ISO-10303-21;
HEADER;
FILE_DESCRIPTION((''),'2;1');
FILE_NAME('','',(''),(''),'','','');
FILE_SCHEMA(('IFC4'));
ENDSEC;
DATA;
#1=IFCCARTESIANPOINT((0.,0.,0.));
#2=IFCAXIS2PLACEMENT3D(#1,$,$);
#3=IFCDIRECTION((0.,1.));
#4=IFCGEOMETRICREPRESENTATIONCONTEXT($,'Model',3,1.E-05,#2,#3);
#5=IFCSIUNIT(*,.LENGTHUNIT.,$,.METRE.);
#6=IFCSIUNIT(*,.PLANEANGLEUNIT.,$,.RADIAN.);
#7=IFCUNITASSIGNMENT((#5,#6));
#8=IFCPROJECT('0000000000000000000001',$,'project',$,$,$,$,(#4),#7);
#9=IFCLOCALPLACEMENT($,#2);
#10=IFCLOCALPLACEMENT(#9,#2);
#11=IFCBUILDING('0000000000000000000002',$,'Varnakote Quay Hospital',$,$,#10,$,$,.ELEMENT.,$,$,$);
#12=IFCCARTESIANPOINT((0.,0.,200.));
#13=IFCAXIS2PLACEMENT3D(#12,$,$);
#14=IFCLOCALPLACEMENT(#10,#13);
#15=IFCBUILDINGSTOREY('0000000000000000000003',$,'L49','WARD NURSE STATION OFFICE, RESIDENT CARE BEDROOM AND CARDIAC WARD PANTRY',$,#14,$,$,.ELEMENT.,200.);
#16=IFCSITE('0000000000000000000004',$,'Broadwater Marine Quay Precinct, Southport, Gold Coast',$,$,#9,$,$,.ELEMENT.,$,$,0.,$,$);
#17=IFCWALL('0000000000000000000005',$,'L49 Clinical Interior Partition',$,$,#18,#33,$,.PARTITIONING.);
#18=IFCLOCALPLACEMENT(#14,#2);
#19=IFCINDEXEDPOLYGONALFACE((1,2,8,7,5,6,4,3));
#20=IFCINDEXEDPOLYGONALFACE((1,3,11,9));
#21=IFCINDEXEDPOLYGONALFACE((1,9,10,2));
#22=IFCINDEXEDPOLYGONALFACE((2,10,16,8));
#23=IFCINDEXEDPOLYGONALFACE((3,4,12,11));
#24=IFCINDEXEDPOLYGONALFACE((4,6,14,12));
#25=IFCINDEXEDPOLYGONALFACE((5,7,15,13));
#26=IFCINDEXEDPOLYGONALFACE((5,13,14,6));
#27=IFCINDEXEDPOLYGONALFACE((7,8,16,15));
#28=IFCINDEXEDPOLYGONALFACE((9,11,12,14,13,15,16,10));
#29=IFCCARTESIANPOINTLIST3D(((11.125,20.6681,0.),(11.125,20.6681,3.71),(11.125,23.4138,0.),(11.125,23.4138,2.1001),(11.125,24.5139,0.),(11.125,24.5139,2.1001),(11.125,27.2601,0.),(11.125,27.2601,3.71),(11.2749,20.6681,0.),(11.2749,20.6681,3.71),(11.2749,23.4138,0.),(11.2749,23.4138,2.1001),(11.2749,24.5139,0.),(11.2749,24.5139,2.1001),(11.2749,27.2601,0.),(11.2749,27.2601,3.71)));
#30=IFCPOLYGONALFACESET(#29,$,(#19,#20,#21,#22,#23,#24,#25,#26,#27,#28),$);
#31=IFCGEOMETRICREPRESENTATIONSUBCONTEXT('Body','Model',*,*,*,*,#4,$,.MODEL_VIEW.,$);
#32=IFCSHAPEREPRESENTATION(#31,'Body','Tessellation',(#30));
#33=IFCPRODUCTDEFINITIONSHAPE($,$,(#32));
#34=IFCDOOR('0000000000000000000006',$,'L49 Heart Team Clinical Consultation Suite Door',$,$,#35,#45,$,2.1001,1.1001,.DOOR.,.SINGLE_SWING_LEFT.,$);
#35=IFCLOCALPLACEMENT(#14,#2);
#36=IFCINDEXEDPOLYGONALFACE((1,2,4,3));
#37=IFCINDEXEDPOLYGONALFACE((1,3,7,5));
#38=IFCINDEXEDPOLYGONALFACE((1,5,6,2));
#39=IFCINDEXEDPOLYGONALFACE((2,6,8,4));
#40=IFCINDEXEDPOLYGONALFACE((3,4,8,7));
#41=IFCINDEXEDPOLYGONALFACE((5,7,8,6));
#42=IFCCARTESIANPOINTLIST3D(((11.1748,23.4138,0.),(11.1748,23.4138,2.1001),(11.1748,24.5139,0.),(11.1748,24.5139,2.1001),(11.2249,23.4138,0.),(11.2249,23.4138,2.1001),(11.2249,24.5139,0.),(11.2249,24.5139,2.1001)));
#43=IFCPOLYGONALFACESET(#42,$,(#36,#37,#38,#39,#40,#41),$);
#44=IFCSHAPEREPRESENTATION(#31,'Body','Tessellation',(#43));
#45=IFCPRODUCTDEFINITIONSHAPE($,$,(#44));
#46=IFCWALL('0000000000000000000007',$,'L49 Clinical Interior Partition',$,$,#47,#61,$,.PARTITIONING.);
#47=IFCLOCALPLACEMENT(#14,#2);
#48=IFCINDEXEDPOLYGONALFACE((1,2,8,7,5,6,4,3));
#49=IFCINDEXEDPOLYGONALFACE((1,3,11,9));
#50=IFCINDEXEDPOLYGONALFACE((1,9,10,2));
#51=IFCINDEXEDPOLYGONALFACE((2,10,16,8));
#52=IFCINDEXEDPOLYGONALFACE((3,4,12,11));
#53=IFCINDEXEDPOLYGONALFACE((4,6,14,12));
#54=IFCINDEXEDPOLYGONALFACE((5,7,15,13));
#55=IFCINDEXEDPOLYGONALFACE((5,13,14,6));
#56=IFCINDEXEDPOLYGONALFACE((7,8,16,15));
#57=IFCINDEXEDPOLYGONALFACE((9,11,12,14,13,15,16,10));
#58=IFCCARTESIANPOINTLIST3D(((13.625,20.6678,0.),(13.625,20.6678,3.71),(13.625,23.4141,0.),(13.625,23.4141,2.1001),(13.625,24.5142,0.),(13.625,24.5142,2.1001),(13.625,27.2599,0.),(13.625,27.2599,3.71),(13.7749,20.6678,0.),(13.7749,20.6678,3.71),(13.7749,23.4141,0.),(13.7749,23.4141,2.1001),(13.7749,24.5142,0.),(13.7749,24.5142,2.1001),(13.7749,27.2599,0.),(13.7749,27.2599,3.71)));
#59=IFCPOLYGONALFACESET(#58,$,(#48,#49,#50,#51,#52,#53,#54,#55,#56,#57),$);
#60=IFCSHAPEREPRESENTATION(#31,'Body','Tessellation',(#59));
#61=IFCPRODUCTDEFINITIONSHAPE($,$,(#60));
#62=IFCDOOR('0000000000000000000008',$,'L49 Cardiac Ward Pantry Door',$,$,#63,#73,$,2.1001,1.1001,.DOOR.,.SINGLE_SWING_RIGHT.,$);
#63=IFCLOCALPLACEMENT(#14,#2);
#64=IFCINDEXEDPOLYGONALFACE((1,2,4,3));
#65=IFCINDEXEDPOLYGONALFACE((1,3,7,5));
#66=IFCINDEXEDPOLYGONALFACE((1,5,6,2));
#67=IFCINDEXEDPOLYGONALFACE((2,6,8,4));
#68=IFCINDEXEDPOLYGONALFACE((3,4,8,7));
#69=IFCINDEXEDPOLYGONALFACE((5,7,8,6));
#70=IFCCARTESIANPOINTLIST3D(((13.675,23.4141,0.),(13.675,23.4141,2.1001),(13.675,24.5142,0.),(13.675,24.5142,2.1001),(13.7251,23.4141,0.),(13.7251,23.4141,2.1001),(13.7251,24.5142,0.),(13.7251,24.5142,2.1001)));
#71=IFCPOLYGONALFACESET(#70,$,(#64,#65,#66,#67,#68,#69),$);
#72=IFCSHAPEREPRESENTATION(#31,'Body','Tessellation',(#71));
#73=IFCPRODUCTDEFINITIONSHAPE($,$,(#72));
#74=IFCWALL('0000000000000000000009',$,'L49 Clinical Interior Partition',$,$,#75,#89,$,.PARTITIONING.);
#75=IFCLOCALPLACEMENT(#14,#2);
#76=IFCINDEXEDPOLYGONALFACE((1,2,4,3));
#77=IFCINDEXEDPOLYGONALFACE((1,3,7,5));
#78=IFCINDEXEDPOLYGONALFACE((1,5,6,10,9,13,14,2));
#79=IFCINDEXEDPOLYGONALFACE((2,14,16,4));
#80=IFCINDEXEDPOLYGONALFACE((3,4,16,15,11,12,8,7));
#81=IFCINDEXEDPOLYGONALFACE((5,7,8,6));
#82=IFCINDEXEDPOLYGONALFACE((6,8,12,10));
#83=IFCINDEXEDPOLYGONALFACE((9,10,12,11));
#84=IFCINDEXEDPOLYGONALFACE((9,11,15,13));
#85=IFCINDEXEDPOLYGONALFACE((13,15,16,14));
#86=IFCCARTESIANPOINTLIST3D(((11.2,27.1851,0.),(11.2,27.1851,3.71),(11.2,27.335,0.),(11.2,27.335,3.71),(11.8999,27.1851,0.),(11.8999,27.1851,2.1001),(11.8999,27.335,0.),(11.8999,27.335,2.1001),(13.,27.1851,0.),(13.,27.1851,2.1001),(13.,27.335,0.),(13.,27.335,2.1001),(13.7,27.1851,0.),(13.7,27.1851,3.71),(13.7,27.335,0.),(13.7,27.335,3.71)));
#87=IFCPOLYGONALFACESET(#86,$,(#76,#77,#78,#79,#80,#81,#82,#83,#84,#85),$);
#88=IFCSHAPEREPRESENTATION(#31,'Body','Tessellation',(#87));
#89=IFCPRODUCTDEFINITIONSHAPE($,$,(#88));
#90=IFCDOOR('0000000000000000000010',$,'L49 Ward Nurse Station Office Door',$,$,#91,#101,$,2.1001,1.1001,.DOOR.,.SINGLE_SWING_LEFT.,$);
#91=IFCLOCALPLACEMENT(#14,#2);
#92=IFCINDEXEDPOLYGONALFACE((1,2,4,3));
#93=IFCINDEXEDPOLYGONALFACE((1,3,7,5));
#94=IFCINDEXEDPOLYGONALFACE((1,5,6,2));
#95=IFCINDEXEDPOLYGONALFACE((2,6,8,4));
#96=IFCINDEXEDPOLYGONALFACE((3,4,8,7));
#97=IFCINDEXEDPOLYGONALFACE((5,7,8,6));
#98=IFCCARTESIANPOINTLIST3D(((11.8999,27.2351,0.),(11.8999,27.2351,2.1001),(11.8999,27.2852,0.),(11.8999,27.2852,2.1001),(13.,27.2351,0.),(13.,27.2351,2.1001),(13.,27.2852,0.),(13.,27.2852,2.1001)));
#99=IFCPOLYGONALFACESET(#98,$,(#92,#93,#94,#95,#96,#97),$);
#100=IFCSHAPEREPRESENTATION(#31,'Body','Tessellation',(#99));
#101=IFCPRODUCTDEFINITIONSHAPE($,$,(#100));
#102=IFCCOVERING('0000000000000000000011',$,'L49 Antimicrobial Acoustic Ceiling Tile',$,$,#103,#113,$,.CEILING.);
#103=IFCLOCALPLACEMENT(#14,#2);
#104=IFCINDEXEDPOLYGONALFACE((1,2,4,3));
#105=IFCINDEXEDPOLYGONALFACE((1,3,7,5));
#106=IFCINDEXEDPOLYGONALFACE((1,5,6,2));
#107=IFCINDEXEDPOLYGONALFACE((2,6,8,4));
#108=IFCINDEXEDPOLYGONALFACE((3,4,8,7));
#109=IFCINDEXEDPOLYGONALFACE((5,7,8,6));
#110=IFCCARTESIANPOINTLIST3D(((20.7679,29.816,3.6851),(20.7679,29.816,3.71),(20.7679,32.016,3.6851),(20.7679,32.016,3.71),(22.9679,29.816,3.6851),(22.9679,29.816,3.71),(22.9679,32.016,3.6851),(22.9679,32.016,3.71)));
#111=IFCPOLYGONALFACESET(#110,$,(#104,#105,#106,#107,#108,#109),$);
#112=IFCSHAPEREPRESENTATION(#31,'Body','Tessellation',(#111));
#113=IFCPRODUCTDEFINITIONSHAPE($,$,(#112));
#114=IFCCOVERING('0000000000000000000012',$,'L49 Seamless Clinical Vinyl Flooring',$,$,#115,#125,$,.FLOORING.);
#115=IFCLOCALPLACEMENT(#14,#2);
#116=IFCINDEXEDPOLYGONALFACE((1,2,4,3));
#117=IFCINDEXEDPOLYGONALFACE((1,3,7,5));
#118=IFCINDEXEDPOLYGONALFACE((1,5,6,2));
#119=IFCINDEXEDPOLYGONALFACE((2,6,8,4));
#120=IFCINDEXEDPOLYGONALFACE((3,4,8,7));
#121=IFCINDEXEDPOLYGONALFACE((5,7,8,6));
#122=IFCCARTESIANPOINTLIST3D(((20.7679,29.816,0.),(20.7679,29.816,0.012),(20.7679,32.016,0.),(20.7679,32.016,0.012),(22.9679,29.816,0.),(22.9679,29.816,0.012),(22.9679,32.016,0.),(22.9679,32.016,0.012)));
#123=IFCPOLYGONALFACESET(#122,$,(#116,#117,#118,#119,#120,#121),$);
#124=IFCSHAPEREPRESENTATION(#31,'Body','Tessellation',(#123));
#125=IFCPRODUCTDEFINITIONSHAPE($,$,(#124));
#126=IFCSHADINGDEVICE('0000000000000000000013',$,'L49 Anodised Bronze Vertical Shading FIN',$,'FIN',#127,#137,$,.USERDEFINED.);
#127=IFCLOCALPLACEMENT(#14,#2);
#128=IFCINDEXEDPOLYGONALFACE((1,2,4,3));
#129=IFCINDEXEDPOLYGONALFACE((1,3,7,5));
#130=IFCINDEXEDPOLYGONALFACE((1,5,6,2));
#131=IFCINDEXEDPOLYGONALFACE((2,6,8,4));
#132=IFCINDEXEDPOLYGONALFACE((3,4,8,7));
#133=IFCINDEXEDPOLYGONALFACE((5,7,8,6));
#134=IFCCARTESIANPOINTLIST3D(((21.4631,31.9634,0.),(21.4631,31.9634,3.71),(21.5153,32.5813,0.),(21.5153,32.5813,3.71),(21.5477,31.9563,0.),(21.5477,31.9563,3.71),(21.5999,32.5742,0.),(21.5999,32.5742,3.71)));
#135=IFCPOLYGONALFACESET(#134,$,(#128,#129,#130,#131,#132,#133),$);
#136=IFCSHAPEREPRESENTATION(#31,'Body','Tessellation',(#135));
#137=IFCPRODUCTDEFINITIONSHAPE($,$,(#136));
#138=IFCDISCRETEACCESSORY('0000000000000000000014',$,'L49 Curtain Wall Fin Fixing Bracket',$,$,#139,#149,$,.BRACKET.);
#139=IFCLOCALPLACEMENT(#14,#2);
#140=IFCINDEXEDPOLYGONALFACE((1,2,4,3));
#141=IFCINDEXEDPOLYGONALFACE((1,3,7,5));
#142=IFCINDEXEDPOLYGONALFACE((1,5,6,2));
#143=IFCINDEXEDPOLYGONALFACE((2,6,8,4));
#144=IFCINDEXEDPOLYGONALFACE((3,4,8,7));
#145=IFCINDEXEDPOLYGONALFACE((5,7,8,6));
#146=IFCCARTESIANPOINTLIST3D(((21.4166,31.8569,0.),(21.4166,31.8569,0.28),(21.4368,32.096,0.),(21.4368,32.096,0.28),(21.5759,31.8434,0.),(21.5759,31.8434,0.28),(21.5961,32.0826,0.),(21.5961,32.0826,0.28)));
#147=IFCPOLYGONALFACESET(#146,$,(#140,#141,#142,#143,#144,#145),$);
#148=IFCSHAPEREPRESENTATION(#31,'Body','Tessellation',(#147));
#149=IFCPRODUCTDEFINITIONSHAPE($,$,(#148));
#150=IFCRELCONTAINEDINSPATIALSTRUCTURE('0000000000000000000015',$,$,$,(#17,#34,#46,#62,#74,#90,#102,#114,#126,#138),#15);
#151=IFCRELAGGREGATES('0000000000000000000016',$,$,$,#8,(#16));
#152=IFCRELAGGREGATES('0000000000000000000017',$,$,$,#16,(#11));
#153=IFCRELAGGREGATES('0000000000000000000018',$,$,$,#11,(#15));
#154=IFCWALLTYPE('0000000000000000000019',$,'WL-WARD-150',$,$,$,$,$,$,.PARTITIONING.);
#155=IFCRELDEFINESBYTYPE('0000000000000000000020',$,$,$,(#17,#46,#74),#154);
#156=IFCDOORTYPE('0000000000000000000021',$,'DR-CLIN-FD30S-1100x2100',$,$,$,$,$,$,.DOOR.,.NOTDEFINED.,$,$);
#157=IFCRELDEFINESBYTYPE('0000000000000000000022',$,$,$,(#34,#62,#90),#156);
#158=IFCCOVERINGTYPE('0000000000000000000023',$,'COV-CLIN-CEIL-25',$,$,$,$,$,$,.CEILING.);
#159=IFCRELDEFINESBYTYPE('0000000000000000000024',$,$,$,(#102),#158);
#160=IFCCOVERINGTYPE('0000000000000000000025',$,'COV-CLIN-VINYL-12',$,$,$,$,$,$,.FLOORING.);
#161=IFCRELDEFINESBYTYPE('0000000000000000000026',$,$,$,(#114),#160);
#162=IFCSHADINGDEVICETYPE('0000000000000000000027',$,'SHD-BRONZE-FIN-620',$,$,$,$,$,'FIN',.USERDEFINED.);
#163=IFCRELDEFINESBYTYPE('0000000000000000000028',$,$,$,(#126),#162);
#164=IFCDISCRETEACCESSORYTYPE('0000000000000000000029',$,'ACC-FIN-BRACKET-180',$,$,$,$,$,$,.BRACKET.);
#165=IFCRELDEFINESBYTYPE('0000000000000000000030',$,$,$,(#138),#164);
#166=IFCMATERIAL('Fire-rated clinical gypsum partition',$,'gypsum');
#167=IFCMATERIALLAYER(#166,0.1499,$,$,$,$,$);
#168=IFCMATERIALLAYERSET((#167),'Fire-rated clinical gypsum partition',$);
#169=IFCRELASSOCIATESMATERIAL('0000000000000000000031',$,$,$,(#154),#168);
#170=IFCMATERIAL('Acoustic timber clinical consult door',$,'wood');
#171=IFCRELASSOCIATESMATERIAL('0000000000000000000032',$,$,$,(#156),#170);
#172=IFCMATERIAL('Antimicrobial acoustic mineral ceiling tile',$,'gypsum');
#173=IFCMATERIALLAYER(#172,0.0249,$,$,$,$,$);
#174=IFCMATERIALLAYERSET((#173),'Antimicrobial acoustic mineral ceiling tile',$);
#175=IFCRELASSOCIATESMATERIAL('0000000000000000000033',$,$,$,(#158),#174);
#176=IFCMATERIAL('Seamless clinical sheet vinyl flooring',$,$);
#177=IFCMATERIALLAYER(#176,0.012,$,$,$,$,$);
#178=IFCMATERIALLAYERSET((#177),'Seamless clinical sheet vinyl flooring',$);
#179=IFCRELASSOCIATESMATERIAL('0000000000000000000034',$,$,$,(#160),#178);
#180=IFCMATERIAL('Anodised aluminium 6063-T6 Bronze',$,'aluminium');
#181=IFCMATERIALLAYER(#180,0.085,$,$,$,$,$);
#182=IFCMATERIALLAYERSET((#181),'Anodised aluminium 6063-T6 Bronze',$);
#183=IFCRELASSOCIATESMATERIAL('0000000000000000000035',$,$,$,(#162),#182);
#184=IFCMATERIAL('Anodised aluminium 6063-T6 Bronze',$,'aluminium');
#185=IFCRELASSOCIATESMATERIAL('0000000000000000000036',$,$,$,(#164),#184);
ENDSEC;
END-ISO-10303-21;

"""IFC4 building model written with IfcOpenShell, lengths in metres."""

from ifc_helpers import new_model, si_unit, direction, frame, frame_2d, origin, origin_2d, place, context, subcontext, project, spatial, rectangle, extrude, material, layer, layer_set, type_object, element, fill, save


model = new_model("IFC4")

# Units and contexts
model_context = context("Model", 3, precision=1e-05, world=origin(), true_north=direction((0.0, 1.0)))
body_context = subcontext(model_context, "Body", "Model", "MODEL_VIEW")
ifc_project = project(units=[si_unit("LENGTHUNIT", "METRE"), si_unit("PLANEANGLEUNIT", "RADIAN")], contexts=[model_context])

# Site, building, storey
site_placement = place(None, origin())
site = spatial("IfcSite", under=ifc_project, at=site_placement, Name="Broadwater Marine Quay Precinct, Southport, Gold Coast", CompositionType="ELEMENT", RefElevation=0.0)
building_placement = place(site_placement, origin())
building = spatial("IfcBuilding", under=site, at=building_placement, Name="Varnakote Quay Hospital", CompositionType="ELEMENT")
storey_placement = place(building_placement, frame((0.0, 0.0, 200.0)))
storey = spatial("IfcBuildingStorey", under=building, at=storey_placement, Name="L49", Description="WARD NURSE STATION OFFICE, RESIDENT CARE BEDROOM AND CARDIAC WARD PANTRY", CompositionType="ELEMENT", Elevation=200.0)

# Shared definitions
ifc_material_1 = material(Name="Fire-rated clinical gypsum partition", Category="gypsum")
ifc_layer_1 = layer(ifc_material_1, 0.1499)
ifc_layer_set_1 = layer_set([ifc_layer_1], Name="Fire-rated clinical gypsum partition")
wall_type_1 = type_object("IfcWallType", Name="WL-WARD-150", PredefinedType="PARTITIONING", material=ifc_layer_set_1)

# Walls, openings, doors
wall_1_placement = place(storey_placement, frame((11.2, 27.26, 0.0), z_axis=(0.0, 0.0, 1.0), x_axis=(0.0, -1.0, 0.0)))
wall_1 = element("IfcWall", 1, at=wall_1_placement, inside=storey, type_object=wall_type_1, Name="L49 Clinical Interior Partition", PredefinedType="PARTITIONING", context=body_context, shape_type="SweptSolid", body=[
    extrude(rectangle(XDim=6.592, YDim=0.1499, at=frame_2d((3.2959, 0.0))), origin(), (0.0, 0.0, 1.0), 3.71),
])
opening_1_placement = place(wall_1_placement, frame((2.7461, 0.0, 0.0)))
opening_1 = element("IfcOpeningElement", 2, at=opening_1_placement, cuts=wall_1, PredefinedType="OPENING", context=body_context, shape_type="SweptSolid", body=[
    extrude(rectangle(XDim=1.1001, YDim=2.1001, at=frame_2d((0.55, 1.05))), frame((0.0, 0.085, 0.0), z_axis=(0.0, -1.0, 0.0), x_axis=(1.0, 0.0, 0.0)), (0.0, 0.0, 1.0), 0.1699),
])
ifc_material_2 = material(Name="Acoustic timber clinical consult door", Category="wood")
door_type = type_object("IfcDoorType", Name="DR-CLIN-FD30S-1100x2100", OperationType="NOTDEFINED", PredefinedType="DOOR", material=ifc_material_2)
door_1_placement = place(opening_1_placement, origin())
door_1 = element("IfcDoor", 3, at=door_1_placement, inside=storey, type_object=door_type, Name="L49 Heart Team Clinical Consultation Suite Door", OperationType="SINGLE_SWING_LEFT", OverallHeight=2.1001, OverallWidth=1.1001, PredefinedType="DOOR", context=body_context, shape_type="SweptSolid", body=[
    extrude(rectangle(XDim=1.1001, YDim=2.1001, at=frame_2d((0.55, 1.05))), frame((0.0, 0.0249, 0.0), z_axis=(0.0, -1.0, 0.0), x_axis=(1.0, 0.0, 0.0)), (0.0, 0.0, 1.0), 0.05),
])
fill(opening_1, door_1)
wall_2_placement = place(storey_placement, frame((13.7, 20.668, 0.0), z_axis=(0.0, 0.0, 1.0), x_axis=(0.0, 1.0, 0.0)))
wall_2 = element("IfcWall", 4, at=wall_2_placement, inside=storey, type_object=wall_type_1, Name="L49 Clinical Interior Partition", PredefinedType="PARTITIONING", context=body_context, shape_type="SweptSolid", body=[
    extrude(rectangle(XDim=6.592, YDim=0.1499, at=frame_2d((3.2959, 0.0))), origin(), (0.0, 0.0, 1.0), 3.71),
])
opening_2_placement = place(wall_2_placement, frame((2.7461, 0.0, 0.0)))
opening_2 = element("IfcOpeningElement", 5, at=opening_2_placement, cuts=wall_2, PredefinedType="OPENING", context=body_context, shape_type="SweptSolid", body=[
    extrude(rectangle(XDim=1.1001, YDim=2.1001, at=frame_2d((0.55, 1.05))), frame((0.0, 0.085, 0.0), z_axis=(0.0, -1.0, 0.0), x_axis=(1.0, 0.0, 0.0)), (0.0, 0.0, 1.0), 0.1699),
])
door_2_placement = place(opening_2_placement, origin())
door_2 = element("IfcDoor", 6, at=door_2_placement, inside=storey, type_object=door_type, Name="L49 Cardiac Ward Pantry Door", OperationType="SINGLE_SWING_RIGHT", OverallHeight=2.1001, OverallWidth=1.1001, PredefinedType="DOOR", context=body_context, shape_type="SweptSolid", body=[
    extrude(rectangle(XDim=1.1001, YDim=2.1001, at=frame_2d((0.55, 1.05))), frame((0.0, 0.0249, 0.0), z_axis=(0.0, -1.0, 0.0), x_axis=(1.0, 0.0, 0.0)), (0.0, 0.0, 1.0), 0.05),
])
fill(opening_2, door_2)
wall_3_placement = place(storey_placement, frame((13.7, 27.26, 0.0), z_axis=(0.0, 0.0, 1.0), x_axis=(-1.0, 0.0, 0.0)))
wall_3 = element("IfcWall", 7, at=wall_3_placement, inside=storey, type_object=wall_type_1, Name="L49 Clinical Interior Partition", PredefinedType="PARTITIONING", context=body_context, shape_type="SweptSolid", body=[
    extrude(rectangle(XDim=2.5, YDim=0.1499, at=frame_2d((1.25, 0.0))), origin(), (0.0, 0.0, 1.0), 3.71),
])
opening_3_placement = place(wall_3_placement, frame((0.7, 0.0, 0.0)))
opening_3 = element("IfcOpeningElement", 8, at=opening_3_placement, cuts=wall_3, PredefinedType="OPENING", context=body_context, shape_type="SweptSolid", body=[
    extrude(rectangle(XDim=1.1001, YDim=2.1001, at=frame_2d((0.55, 1.05))), frame((0.0, 0.085, 0.0), z_axis=(0.0, -1.0, 0.0), x_axis=(1.0, 0.0, 0.0)), (0.0, 0.0, 1.0), 0.1699),
])
door_3_placement = place(opening_3_placement, origin())
door_3 = element("IfcDoor", 9, at=door_3_placement, inside=storey, type_object=door_type, Name="L49 Ward Nurse Station Office Door", OperationType="SINGLE_SWING_LEFT", OverallHeight=2.1001, OverallWidth=1.1001, PredefinedType="DOOR", context=body_context, shape_type="SweptSolid", body=[
    extrude(rectangle(XDim=1.1001, YDim=2.1001, at=frame_2d((0.55, 1.05))), frame((0.0, 0.0249, 0.0), z_axis=(0.0, -1.0, 0.0), x_axis=(1.0, 0.0, 0.0)), (0.0, 0.0, 1.0), 0.05),
])
fill(opening_3, door_3)

# Coverings
ifc_material_3 = material(Name="Antimicrobial acoustic mineral ceiling tile", Category="gypsum")
ifc_layer_2 = layer(ifc_material_3, 0.0249)
ifc_layer_set_2 = layer_set([ifc_layer_2], Name="Antimicrobial acoustic mineral ceiling tile")
covering_type_1 = type_object("IfcCoveringType", Name="COV-CLIN-CEIL-25", PredefinedType="CEILING", material=ifc_layer_set_2)
covering_1_placement = place(storey_placement, frame((21.8679, 30.916, 3.6851), z_axis=(0.0, 0.0, 1.0), x_axis=(1.0, 0.0, 0.0)))
element("IfcCovering", 10, at=covering_1_placement, inside=storey, type_object=covering_type_1, Name="L49 Antimicrobial Acoustic Ceiling Tile", PredefinedType="CEILING", context=body_context, shape_type="SweptSolid", body=[
    extrude(rectangle(XDim=2.2, YDim=2.2, at=origin_2d()), origin(), (0.0, 0.0, 1.0), 0.0249),
])
ifc_material_4 = material(Name="Seamless clinical sheet vinyl flooring")
ifc_layer_3 = layer(ifc_material_4, 0.012)
ifc_layer_set_3 = layer_set([ifc_layer_3], Name="Seamless clinical sheet vinyl flooring")
covering_type_2 = type_object("IfcCoveringType", Name="COV-CLIN-VINYL-12", PredefinedType="FLOORING", material=ifc_layer_set_3)
covering_2_placement = place(storey_placement, frame((21.8679, 30.916, 0.0), z_axis=(0.0, 0.0, 1.0), x_axis=(1.0, 0.0, 0.0)))
element("IfcCovering", 11, at=covering_2_placement, inside=storey, type_object=covering_type_2, Name="L49 Seamless Clinical Vinyl Flooring", PredefinedType="FLOORING", context=body_context, shape_type="SweptSolid", body=[
    extrude(rectangle(XDim=2.2, YDim=2.2, at=origin_2d()), origin(), (0.0, 0.0, 1.0), 0.012),
])

# Shading device
ifc_material_5 = material(Name="Anodised aluminium 6063-T6 Bronze", Category="aluminium")
ifc_layer_4 = layer(ifc_material_5, 0.085)
ifc_layer_set_4 = layer_set([ifc_layer_4], Name="Anodised aluminium 6063-T6 Bronze")
shading_device_type = type_object("IfcShadingDeviceType", Name="SHD-BRONZE-FIN-620", ElementType="FIN", PredefinedType="USERDEFINED", material=ifc_layer_set_4)
shading_device_placement = place(storey_placement, frame((21.5315, 32.2688, 0.0), z_axis=(0.0, 0.0, 1.0), x_axis=(-0.0842, -0.996449, 0.0)))
element("IfcShadingDevice", 12, at=shading_device_placement, inside=storey, type_object=shading_device_type, Name="L49 Anodised Bronze Vertical Shading FIN", ObjectType="FIN", PredefinedType="USERDEFINED", context=body_context, shape_type="SweptSolid", body=[
    extrude(rectangle(XDim=0.6201, YDim=0.085, at=origin_2d()), origin(), (0.0, 0.0, 1.0), 3.71),
])

# Discrete accessory
ifc_material_6 = material(Name="Anodised aluminium 6063-T6 Bronze", Category="aluminium")
discrete_accessory_type = type_object("IfcDiscreteAccessoryType", Name="ACC-FIN-BRACKET-180", PredefinedType="BRACKET", material=ifc_material_6)
discrete_accessory_placement = place(storey_placement, frame((21.5063, 31.9697, 0.0), z_axis=(0.0, 0.0, 1.0), x_axis=(-0.996449, 0.0842, 0.0)))
element("IfcDiscreteAccessory", 13, at=discrete_accessory_placement, inside=storey, type_object=discrete_accessory_type, Name="L49 Curtain Wall Fin Fixing Bracket", PredefinedType="BRACKET", context=body_context, shape_type="SweptSolid", body=[
    extrude(rectangle(XDim=0.1599, YDim=0.24, at=origin_2d()), origin(), (0.0, 0.0, 1.0), 0.28),
])

save(model, "model.ifc")
